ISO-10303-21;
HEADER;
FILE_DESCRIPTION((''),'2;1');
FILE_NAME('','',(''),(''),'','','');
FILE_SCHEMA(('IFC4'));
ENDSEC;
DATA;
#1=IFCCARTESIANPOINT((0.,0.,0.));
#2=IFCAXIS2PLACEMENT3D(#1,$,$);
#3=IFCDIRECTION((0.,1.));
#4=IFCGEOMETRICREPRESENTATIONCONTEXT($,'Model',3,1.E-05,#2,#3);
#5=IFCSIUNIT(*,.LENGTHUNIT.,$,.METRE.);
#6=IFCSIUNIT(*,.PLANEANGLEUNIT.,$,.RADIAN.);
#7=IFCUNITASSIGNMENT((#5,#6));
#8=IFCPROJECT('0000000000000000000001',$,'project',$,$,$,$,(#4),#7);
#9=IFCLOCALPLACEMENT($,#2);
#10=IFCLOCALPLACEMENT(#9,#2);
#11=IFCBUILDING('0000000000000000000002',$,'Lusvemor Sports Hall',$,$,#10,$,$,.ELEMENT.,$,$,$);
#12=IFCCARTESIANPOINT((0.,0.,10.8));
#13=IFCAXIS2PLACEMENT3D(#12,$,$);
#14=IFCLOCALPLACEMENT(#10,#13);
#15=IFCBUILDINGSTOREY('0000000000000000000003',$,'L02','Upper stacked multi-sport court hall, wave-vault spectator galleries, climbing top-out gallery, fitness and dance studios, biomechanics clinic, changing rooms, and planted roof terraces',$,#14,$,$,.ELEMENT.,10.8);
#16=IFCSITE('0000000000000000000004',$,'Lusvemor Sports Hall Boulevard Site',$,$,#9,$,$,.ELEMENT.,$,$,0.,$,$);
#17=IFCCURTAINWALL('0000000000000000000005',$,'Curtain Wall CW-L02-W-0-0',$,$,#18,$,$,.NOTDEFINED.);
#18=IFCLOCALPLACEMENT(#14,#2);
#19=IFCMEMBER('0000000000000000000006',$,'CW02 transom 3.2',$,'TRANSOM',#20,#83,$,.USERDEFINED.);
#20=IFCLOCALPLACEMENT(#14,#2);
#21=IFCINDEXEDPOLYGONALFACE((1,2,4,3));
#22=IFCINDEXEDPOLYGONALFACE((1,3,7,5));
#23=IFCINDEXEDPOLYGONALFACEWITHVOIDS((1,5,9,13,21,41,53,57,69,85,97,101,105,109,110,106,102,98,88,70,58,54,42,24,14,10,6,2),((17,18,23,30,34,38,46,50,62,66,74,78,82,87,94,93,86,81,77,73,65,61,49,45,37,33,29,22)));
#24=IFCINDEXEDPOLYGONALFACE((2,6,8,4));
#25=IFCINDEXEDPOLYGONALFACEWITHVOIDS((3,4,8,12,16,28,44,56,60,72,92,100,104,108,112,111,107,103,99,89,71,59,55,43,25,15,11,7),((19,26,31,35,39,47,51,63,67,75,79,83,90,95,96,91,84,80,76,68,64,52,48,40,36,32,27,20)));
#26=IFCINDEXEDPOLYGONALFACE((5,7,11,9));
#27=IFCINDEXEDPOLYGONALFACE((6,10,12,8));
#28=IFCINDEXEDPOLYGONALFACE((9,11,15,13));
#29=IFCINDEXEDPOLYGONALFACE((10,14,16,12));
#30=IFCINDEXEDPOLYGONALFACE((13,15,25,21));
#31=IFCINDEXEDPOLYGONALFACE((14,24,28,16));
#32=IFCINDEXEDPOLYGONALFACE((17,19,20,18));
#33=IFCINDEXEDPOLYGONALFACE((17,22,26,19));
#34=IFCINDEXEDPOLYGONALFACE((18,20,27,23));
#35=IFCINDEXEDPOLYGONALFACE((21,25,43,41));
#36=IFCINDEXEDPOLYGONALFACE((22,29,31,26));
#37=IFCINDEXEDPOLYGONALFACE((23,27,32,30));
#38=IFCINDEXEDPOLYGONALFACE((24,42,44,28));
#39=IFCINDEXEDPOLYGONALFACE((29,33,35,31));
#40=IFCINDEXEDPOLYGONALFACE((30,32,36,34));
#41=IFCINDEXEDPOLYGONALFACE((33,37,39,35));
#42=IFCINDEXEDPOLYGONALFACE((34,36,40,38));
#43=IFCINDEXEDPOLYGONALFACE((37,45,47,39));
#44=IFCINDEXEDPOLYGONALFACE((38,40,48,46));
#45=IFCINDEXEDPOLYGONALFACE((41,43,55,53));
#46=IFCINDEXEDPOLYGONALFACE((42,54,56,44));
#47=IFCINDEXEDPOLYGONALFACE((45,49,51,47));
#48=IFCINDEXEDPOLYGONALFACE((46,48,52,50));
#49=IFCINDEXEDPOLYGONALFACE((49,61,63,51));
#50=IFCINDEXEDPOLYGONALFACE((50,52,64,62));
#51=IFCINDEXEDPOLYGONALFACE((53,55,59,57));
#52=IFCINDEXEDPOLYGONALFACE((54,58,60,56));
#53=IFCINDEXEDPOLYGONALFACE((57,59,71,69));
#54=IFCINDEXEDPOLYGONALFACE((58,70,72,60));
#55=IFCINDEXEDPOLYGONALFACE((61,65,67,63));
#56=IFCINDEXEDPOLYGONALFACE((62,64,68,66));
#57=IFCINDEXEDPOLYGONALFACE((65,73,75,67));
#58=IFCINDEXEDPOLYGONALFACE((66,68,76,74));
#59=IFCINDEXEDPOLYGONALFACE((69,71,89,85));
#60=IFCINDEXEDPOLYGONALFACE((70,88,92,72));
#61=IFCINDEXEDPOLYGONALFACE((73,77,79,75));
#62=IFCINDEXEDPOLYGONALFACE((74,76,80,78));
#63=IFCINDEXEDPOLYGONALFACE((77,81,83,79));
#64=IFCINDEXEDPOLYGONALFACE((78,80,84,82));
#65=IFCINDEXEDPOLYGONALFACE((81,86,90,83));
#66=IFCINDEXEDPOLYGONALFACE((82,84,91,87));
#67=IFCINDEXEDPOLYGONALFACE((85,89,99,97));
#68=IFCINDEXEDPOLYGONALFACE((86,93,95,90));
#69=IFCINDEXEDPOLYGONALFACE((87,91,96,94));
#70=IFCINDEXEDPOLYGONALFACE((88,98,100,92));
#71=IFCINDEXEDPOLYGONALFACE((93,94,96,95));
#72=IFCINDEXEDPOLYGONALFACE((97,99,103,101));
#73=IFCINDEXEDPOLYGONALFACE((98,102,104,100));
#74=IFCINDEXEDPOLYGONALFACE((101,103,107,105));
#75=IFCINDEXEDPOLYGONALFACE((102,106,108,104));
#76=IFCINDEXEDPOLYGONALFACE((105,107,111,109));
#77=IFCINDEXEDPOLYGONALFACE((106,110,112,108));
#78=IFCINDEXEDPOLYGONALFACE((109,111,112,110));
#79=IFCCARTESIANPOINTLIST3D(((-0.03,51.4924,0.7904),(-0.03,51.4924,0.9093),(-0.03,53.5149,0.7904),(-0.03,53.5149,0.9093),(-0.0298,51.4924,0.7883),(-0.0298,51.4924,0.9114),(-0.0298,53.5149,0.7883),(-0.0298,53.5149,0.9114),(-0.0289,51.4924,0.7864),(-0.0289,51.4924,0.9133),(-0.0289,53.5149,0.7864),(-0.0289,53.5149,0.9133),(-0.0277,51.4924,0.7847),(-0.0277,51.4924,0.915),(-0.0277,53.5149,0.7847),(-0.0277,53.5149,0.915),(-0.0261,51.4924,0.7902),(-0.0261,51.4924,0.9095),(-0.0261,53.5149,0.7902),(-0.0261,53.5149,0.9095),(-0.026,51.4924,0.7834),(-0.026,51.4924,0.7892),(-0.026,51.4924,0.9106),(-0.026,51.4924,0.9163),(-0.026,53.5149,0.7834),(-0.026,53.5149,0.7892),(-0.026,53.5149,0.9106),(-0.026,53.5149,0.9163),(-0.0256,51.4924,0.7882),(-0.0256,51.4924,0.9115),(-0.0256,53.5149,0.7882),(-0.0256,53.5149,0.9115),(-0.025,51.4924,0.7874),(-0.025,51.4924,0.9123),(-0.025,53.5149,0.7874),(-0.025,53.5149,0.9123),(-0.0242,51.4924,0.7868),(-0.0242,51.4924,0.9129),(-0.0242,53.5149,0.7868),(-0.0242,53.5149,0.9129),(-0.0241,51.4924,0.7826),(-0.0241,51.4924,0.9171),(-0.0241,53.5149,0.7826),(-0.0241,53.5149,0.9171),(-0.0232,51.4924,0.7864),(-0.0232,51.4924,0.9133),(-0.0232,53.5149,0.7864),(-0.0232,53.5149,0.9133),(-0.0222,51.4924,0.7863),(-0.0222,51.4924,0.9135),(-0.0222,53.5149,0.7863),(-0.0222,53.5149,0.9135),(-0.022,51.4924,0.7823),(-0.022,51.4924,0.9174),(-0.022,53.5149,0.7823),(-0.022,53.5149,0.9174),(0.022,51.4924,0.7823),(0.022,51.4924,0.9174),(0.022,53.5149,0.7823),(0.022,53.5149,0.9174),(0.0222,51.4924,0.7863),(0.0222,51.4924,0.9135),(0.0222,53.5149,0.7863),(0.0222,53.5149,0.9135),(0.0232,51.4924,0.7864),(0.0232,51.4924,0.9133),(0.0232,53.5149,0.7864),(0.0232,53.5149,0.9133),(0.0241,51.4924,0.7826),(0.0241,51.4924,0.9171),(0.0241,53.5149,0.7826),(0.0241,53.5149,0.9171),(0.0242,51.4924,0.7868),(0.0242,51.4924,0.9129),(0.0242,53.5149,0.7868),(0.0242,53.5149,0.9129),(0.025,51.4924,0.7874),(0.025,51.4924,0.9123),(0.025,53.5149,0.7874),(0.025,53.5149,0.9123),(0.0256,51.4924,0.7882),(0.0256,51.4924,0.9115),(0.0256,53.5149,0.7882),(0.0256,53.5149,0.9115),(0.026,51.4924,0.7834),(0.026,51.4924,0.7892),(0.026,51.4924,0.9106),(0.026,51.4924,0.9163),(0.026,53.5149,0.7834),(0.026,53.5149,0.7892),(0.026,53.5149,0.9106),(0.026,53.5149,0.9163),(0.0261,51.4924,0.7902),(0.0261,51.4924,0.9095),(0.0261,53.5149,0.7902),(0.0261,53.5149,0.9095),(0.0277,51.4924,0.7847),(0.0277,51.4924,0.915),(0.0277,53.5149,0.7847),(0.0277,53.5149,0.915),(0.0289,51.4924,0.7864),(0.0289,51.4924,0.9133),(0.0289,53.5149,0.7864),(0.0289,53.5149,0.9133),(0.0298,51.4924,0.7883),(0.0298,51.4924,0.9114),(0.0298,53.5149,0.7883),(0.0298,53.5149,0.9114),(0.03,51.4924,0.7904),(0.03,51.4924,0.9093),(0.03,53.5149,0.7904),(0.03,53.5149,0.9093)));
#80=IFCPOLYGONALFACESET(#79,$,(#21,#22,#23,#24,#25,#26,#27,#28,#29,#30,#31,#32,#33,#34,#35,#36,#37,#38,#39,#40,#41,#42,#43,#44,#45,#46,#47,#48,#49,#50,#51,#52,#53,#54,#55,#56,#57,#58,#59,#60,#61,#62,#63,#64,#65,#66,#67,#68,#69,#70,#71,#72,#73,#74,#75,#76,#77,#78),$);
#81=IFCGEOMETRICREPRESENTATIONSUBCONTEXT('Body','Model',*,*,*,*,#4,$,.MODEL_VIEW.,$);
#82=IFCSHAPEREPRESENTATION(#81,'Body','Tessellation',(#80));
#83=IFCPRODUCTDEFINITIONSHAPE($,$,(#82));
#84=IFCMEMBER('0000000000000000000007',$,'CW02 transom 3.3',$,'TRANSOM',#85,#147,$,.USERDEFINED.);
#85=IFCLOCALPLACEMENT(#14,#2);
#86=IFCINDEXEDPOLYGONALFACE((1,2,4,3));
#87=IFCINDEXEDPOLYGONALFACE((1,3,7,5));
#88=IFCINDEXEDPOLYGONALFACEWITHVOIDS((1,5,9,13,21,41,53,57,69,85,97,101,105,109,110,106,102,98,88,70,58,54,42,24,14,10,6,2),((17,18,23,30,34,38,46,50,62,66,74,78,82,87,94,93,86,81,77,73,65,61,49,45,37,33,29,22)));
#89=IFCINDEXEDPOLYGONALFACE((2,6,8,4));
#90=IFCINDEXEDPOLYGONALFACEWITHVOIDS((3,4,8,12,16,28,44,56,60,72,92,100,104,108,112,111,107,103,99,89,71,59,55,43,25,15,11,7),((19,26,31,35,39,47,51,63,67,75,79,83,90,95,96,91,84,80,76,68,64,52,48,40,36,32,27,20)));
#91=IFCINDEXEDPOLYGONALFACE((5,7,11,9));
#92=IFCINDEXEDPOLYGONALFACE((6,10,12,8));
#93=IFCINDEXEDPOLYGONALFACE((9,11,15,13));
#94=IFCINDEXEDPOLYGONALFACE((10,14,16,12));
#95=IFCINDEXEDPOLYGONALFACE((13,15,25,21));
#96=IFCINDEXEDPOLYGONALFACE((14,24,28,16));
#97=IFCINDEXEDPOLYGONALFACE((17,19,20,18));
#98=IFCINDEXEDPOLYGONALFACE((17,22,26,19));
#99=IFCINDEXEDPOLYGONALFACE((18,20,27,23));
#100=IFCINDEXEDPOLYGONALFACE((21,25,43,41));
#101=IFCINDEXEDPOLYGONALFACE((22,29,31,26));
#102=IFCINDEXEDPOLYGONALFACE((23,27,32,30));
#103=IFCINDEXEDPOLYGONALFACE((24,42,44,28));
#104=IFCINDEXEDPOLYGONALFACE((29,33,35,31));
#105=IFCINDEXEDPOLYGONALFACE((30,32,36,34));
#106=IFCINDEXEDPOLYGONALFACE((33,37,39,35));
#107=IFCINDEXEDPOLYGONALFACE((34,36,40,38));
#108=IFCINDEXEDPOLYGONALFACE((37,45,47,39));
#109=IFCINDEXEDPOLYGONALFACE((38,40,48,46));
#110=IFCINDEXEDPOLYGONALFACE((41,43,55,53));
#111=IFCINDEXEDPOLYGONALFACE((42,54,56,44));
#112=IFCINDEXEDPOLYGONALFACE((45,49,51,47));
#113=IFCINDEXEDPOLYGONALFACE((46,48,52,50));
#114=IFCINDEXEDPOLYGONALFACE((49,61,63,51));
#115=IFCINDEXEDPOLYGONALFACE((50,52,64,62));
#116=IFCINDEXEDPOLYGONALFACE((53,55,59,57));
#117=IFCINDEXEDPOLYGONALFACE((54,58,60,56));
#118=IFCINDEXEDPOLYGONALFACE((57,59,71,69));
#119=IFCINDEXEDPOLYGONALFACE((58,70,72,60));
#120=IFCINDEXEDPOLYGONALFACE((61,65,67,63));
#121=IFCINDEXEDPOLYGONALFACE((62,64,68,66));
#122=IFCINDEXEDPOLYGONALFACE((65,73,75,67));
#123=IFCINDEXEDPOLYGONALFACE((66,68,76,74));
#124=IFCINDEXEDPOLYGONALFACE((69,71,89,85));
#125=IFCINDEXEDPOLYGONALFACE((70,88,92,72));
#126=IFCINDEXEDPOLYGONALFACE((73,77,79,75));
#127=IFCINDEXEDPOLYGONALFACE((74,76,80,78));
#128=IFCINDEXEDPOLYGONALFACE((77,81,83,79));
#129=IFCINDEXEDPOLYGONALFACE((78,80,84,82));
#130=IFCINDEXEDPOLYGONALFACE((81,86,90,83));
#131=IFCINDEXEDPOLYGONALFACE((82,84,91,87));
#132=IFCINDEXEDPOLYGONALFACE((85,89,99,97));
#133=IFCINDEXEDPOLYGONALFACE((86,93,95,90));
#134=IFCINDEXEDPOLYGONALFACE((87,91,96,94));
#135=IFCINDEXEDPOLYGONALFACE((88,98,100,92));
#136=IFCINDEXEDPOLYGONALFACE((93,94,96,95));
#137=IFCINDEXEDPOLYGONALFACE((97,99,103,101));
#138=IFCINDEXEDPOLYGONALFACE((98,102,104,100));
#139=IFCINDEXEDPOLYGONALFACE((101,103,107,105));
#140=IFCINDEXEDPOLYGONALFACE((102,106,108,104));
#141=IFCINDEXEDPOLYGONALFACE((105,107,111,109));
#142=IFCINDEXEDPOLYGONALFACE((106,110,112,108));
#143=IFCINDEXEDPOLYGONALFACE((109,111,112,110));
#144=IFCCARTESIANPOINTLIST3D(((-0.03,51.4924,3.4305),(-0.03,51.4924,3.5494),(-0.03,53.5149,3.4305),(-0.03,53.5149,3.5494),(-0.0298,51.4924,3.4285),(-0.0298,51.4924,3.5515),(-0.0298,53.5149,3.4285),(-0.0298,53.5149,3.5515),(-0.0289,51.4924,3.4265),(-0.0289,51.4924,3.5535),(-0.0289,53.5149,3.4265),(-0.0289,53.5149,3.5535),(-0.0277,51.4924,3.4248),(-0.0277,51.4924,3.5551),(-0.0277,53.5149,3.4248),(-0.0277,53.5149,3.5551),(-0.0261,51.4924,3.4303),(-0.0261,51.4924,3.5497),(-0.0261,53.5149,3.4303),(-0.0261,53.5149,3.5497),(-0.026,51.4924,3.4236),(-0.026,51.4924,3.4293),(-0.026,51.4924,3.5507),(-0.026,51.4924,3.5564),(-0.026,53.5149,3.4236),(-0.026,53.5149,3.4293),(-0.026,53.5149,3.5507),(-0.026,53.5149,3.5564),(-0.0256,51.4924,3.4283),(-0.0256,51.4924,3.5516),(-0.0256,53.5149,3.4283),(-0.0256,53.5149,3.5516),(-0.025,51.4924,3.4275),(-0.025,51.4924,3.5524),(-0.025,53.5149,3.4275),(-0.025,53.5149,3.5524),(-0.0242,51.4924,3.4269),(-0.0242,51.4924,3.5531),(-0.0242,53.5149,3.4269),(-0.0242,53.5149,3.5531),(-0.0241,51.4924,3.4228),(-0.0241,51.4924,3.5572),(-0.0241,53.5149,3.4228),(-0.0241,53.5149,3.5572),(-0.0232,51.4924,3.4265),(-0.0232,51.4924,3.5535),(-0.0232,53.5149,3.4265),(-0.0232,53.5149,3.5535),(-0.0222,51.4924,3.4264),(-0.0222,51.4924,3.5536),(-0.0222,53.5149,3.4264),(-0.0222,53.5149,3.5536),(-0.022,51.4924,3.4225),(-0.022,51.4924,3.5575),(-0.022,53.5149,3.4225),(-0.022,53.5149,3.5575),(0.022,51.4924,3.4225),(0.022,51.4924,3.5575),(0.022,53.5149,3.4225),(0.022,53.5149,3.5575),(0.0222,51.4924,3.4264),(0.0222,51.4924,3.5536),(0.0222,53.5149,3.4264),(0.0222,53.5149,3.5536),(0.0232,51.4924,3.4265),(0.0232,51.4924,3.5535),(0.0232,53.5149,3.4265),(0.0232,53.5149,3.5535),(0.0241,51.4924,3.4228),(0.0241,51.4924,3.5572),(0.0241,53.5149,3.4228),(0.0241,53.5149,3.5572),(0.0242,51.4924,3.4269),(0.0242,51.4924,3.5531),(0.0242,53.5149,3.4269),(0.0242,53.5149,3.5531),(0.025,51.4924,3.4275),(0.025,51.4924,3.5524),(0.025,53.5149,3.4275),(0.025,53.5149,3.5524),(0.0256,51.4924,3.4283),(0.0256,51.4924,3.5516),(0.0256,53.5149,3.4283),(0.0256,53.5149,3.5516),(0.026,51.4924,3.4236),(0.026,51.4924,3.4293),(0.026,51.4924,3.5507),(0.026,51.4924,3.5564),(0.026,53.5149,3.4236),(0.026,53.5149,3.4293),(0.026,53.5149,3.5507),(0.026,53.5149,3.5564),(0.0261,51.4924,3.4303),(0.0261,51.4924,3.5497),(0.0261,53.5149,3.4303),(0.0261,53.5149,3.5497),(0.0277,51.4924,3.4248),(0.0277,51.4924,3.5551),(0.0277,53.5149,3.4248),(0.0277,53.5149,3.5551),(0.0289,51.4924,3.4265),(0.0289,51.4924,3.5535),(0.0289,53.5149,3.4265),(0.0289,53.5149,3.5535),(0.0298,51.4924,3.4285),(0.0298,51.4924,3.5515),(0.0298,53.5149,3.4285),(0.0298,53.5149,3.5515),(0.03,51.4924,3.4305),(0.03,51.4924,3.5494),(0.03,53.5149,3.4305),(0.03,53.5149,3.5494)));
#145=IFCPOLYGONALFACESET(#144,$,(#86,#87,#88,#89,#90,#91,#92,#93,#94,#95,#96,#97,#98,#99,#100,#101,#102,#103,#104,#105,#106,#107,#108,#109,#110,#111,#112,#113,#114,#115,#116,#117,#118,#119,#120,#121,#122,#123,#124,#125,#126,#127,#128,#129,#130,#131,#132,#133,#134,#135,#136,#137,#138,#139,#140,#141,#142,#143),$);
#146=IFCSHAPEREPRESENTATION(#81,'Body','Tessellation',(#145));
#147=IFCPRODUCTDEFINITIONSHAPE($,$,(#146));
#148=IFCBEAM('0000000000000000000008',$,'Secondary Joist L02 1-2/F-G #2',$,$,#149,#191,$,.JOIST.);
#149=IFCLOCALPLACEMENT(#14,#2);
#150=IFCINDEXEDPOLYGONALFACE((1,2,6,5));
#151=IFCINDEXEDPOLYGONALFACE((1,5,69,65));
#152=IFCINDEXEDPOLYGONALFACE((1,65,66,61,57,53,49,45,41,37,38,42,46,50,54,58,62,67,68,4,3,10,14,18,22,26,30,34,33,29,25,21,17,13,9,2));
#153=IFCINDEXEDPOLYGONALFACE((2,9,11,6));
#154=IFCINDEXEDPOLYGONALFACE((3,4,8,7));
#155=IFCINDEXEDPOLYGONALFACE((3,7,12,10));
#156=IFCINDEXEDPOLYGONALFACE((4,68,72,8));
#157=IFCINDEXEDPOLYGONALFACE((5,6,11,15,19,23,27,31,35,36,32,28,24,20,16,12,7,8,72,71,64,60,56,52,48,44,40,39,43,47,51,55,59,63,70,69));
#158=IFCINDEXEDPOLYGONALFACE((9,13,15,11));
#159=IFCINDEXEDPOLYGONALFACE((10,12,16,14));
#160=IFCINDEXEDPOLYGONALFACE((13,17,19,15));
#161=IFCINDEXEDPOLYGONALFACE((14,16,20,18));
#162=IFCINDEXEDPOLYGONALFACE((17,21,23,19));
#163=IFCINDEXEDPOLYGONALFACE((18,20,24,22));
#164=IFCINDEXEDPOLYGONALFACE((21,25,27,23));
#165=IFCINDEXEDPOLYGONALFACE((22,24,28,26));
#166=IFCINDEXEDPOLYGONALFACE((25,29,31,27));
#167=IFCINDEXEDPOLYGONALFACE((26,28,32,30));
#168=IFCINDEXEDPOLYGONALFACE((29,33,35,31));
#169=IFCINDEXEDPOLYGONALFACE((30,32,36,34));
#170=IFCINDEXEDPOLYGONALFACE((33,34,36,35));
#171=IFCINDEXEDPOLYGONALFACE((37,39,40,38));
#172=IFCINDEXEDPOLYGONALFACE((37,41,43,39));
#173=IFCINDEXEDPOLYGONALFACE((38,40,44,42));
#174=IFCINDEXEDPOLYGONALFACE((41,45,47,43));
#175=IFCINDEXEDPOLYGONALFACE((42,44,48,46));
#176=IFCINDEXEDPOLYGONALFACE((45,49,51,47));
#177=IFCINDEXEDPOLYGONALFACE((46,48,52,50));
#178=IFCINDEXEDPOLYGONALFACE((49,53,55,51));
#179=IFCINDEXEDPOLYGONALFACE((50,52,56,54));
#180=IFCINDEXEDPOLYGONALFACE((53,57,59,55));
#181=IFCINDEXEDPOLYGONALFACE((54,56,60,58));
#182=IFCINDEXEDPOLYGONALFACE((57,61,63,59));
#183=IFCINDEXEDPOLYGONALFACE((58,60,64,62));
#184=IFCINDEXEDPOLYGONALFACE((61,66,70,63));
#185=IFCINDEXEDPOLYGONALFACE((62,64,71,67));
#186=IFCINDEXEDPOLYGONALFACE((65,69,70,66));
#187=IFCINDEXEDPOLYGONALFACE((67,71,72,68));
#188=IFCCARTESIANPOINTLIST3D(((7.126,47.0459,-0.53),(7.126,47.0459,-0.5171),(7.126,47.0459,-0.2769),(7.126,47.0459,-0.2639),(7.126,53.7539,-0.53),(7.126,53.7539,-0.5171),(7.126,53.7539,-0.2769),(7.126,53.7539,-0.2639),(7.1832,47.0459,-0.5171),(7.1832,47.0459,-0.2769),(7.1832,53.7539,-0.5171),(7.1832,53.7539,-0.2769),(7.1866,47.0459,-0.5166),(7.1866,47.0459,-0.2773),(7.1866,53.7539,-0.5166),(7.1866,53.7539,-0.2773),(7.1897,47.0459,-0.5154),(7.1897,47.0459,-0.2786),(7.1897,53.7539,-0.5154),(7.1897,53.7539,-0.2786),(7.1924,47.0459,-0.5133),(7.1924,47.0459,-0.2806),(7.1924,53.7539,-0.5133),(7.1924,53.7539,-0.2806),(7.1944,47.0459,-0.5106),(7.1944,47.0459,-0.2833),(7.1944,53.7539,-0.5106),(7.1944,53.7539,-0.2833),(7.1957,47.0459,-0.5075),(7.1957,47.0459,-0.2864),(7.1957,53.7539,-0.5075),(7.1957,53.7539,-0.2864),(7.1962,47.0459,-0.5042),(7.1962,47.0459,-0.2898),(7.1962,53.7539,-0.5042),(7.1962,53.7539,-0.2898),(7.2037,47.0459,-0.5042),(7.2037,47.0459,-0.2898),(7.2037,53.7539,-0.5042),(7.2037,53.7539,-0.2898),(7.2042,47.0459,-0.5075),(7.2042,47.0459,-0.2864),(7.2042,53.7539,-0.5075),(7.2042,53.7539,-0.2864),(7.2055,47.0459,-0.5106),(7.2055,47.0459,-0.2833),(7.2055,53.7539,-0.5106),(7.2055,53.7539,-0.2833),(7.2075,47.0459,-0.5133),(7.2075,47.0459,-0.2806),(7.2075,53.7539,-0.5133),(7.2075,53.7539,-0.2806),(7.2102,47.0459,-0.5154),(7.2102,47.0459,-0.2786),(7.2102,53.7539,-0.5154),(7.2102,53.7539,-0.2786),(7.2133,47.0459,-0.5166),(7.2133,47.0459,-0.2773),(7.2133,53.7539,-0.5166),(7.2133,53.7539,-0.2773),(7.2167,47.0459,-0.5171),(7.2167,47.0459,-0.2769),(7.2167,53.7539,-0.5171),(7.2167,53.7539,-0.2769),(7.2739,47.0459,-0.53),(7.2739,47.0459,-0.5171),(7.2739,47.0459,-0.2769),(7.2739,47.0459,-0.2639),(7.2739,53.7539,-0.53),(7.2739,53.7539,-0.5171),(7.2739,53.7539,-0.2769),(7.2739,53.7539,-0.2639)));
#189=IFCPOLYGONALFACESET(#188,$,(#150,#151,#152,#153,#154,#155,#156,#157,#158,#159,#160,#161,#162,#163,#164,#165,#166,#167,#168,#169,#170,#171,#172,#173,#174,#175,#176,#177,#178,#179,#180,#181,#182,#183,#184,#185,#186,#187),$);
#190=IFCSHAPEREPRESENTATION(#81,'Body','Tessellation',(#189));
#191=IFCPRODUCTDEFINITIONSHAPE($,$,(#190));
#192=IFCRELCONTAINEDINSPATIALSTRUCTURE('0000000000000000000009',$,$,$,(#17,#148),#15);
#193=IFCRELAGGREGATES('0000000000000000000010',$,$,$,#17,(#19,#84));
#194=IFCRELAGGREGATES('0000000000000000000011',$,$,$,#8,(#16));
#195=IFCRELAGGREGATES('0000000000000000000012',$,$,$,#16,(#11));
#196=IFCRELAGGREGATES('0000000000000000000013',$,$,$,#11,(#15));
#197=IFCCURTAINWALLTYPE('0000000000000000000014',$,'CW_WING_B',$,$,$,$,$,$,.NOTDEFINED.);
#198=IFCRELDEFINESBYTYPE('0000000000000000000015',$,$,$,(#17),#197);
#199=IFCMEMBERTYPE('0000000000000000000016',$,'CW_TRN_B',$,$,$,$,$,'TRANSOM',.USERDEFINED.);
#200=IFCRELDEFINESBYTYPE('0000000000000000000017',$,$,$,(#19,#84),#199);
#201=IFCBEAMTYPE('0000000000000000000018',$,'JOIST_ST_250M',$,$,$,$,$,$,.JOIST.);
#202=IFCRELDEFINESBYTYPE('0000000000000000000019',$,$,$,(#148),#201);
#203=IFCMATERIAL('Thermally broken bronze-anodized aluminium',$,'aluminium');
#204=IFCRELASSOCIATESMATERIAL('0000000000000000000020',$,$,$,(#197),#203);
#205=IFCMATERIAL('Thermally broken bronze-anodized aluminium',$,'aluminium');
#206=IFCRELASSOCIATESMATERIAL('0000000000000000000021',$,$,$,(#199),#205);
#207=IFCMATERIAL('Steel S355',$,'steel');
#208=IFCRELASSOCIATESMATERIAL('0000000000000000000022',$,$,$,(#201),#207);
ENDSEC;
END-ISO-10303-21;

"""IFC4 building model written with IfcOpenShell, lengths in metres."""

from ifc_helpers import new_model, si_unit, direction, frame, origin, origin_2d, place, context, subcontext, project, spatial, hollow_rectangle, i_section, extrude, material, material_profile, profile_set, type_object, element, aggregate, save


model = new_model("IFC4")

# Units and contexts
model_context = context("Model", 3, precision=1e-05, world=origin(), true_north=direction((0.0, 1.0)))
body_context = subcontext(model_context, "Body", "Model", "MODEL_VIEW")
ifc_project = project(units=[si_unit("LENGTHUNIT", "METRE"), si_unit("PLANEANGLEUNIT", "RADIAN")], contexts=[model_context])

# Site, building, storey
site_placement = place(None, origin())
site = spatial("IfcSite", under=ifc_project, at=site_placement, Name="Lusvemor Sports Hall Boulevard Site", CompositionType="ELEMENT", RefElevation=0.0)
building_placement = place(site_placement, origin())
building = spatial("IfcBuilding", under=site, at=building_placement, Name="Lusvemor Sports Hall", CompositionType="ELEMENT")
storey_placement = place(building_placement, frame((0.0, 0.0, 10.8)))
storey = spatial("IfcBuildingStorey", under=building, at=storey_placement, Name="L02", Description="Upper stacked multi-sport court hall, wave-vault spectator galleries, climbing top-out gallery, fitness and dance studios, biomechanics clinic, changing rooms, and planted roof terraces", CompositionType="ELEMENT", Elevation=10.8)

# Curtain wall, members
ifc_material_1 = material(Name="Thermally broken bronze-anodized aluminium", Category="aluminium")
curtain_wall_type = type_object("IfcCurtainWallType", Name="CW_WING_B", PredefinedType="NOTDEFINED", material=ifc_material_1)
curtain_wall_placement = place(storey_placement, origin())
curtain_wall = element("IfcCurtainWall", 1, at=curtain_wall_placement, inside=storey, type_object=curtain_wall_type, Name="Curtain Wall CW-L02-W-0-0", PredefinedType="NOTDEFINED")
ifc_material_2 = material(Name="Thermally broken bronze-anodized aluminium", Category="aluminium")
ifc_material_profile_1 = material_profile(ifc_material_2, hollow_rectangle(XDim=0.0601, YDim=0.135, WallThickness=0.0039, InnerFilletRadius=0.0039, OuterFilletRadius=0.0081, at=origin_2d()), Name="CWTRN135x60x4")
ifc_profile_set_1 = profile_set([ifc_material_profile_1], Name="Thermally broken bronze-anodized aluminium")
member_type_1 = type_object("IfcMemberType", Name="CW_TRN_B", ElementType="TRANSOM", PredefinedType="USERDEFINED", material=ifc_profile_set_1)
member_1_placement = place(storey_placement, frame((0.0, 51.4924, 0.8499), z_axis=(0.0, 1.0, 0.0), x_axis=(-1.0, 0.0, 0.0)))
member_1 = element("IfcMember", 2, at=member_1_placement, type_object=member_type_1, Name="CW02 transom 3.2", ObjectType="TRANSOM", PredefinedType="USERDEFINED", context=body_context, shape_type="SweptSolid", body=[
    extrude(hollow_rectangle(XDim=0.0601, YDim=0.135, WallThickness=0.0039, InnerFilletRadius=0.0039, OuterFilletRadius=0.0081, at=origin_2d()), origin(), (0.0, 0.0, 1.0), 2.0225),
])
member_2_placement = place(storey_placement, frame((0.0, 51.4924, 3.49), z_axis=(0.0, 1.0, 0.0), x_axis=(-1.0, 0.0, 0.0)))
member_2 = element("IfcMember", 3, at=member_2_placement, type_object=member_type_1, Name="CW02 transom 3.3", ObjectType="TRANSOM", PredefinedType="USERDEFINED", context=body_context, shape_type="SweptSolid", body=[
    extrude(hollow_rectangle(XDim=0.0601, YDim=0.135, WallThickness=0.0039, InnerFilletRadius=0.0039, OuterFilletRadius=0.0081, at=origin_2d()), origin(), (0.0, 0.0, 1.0), 2.0225),
])

# Beam
ifc_material_3 = material(Name="Steel S355", Category="steel")
ifc_material_profile_2 = material_profile(ifc_material_3, i_section(OverallWidth=0.1479, OverallDepth=0.2661, WebThickness=0.0076, FlangeThickness=0.0129, FilletRadius=0.0129, at=origin_2d()), Name="W250x44.8")
ifc_profile_set_2 = profile_set([ifc_material_profile_2], Name="Steel S355")
beam_type_1 = type_object("IfcBeamType", Name="JOIST_ST_250M", PredefinedType="JOIST", material=ifc_profile_set_2)
beam_1_placement = place(storey_placement, frame((7.2, 47.0459, -0.397), z_axis=(0.0, 1.0, 0.0), x_axis=(-1.0, 0.0, 0.0)))
element("IfcBeam", 4, at=beam_1_placement, inside=storey, type_object=beam_type_1, Name="Secondary Joist L02 1-2/F-G #2", PredefinedType="JOIST", context=body_context, shape_type="SweptSolid", body=[
    extrude(i_section(OverallWidth=0.1479, OverallDepth=0.2661, WebThickness=0.0076, FlangeThickness=0.0129, FilletRadius=0.0129, at=origin_2d()), origin(), (0.0, 0.0, 1.0), 6.708),
])

aggregate(curtain_wall, [member_1, member_2])

save(model, "model.ifc")
